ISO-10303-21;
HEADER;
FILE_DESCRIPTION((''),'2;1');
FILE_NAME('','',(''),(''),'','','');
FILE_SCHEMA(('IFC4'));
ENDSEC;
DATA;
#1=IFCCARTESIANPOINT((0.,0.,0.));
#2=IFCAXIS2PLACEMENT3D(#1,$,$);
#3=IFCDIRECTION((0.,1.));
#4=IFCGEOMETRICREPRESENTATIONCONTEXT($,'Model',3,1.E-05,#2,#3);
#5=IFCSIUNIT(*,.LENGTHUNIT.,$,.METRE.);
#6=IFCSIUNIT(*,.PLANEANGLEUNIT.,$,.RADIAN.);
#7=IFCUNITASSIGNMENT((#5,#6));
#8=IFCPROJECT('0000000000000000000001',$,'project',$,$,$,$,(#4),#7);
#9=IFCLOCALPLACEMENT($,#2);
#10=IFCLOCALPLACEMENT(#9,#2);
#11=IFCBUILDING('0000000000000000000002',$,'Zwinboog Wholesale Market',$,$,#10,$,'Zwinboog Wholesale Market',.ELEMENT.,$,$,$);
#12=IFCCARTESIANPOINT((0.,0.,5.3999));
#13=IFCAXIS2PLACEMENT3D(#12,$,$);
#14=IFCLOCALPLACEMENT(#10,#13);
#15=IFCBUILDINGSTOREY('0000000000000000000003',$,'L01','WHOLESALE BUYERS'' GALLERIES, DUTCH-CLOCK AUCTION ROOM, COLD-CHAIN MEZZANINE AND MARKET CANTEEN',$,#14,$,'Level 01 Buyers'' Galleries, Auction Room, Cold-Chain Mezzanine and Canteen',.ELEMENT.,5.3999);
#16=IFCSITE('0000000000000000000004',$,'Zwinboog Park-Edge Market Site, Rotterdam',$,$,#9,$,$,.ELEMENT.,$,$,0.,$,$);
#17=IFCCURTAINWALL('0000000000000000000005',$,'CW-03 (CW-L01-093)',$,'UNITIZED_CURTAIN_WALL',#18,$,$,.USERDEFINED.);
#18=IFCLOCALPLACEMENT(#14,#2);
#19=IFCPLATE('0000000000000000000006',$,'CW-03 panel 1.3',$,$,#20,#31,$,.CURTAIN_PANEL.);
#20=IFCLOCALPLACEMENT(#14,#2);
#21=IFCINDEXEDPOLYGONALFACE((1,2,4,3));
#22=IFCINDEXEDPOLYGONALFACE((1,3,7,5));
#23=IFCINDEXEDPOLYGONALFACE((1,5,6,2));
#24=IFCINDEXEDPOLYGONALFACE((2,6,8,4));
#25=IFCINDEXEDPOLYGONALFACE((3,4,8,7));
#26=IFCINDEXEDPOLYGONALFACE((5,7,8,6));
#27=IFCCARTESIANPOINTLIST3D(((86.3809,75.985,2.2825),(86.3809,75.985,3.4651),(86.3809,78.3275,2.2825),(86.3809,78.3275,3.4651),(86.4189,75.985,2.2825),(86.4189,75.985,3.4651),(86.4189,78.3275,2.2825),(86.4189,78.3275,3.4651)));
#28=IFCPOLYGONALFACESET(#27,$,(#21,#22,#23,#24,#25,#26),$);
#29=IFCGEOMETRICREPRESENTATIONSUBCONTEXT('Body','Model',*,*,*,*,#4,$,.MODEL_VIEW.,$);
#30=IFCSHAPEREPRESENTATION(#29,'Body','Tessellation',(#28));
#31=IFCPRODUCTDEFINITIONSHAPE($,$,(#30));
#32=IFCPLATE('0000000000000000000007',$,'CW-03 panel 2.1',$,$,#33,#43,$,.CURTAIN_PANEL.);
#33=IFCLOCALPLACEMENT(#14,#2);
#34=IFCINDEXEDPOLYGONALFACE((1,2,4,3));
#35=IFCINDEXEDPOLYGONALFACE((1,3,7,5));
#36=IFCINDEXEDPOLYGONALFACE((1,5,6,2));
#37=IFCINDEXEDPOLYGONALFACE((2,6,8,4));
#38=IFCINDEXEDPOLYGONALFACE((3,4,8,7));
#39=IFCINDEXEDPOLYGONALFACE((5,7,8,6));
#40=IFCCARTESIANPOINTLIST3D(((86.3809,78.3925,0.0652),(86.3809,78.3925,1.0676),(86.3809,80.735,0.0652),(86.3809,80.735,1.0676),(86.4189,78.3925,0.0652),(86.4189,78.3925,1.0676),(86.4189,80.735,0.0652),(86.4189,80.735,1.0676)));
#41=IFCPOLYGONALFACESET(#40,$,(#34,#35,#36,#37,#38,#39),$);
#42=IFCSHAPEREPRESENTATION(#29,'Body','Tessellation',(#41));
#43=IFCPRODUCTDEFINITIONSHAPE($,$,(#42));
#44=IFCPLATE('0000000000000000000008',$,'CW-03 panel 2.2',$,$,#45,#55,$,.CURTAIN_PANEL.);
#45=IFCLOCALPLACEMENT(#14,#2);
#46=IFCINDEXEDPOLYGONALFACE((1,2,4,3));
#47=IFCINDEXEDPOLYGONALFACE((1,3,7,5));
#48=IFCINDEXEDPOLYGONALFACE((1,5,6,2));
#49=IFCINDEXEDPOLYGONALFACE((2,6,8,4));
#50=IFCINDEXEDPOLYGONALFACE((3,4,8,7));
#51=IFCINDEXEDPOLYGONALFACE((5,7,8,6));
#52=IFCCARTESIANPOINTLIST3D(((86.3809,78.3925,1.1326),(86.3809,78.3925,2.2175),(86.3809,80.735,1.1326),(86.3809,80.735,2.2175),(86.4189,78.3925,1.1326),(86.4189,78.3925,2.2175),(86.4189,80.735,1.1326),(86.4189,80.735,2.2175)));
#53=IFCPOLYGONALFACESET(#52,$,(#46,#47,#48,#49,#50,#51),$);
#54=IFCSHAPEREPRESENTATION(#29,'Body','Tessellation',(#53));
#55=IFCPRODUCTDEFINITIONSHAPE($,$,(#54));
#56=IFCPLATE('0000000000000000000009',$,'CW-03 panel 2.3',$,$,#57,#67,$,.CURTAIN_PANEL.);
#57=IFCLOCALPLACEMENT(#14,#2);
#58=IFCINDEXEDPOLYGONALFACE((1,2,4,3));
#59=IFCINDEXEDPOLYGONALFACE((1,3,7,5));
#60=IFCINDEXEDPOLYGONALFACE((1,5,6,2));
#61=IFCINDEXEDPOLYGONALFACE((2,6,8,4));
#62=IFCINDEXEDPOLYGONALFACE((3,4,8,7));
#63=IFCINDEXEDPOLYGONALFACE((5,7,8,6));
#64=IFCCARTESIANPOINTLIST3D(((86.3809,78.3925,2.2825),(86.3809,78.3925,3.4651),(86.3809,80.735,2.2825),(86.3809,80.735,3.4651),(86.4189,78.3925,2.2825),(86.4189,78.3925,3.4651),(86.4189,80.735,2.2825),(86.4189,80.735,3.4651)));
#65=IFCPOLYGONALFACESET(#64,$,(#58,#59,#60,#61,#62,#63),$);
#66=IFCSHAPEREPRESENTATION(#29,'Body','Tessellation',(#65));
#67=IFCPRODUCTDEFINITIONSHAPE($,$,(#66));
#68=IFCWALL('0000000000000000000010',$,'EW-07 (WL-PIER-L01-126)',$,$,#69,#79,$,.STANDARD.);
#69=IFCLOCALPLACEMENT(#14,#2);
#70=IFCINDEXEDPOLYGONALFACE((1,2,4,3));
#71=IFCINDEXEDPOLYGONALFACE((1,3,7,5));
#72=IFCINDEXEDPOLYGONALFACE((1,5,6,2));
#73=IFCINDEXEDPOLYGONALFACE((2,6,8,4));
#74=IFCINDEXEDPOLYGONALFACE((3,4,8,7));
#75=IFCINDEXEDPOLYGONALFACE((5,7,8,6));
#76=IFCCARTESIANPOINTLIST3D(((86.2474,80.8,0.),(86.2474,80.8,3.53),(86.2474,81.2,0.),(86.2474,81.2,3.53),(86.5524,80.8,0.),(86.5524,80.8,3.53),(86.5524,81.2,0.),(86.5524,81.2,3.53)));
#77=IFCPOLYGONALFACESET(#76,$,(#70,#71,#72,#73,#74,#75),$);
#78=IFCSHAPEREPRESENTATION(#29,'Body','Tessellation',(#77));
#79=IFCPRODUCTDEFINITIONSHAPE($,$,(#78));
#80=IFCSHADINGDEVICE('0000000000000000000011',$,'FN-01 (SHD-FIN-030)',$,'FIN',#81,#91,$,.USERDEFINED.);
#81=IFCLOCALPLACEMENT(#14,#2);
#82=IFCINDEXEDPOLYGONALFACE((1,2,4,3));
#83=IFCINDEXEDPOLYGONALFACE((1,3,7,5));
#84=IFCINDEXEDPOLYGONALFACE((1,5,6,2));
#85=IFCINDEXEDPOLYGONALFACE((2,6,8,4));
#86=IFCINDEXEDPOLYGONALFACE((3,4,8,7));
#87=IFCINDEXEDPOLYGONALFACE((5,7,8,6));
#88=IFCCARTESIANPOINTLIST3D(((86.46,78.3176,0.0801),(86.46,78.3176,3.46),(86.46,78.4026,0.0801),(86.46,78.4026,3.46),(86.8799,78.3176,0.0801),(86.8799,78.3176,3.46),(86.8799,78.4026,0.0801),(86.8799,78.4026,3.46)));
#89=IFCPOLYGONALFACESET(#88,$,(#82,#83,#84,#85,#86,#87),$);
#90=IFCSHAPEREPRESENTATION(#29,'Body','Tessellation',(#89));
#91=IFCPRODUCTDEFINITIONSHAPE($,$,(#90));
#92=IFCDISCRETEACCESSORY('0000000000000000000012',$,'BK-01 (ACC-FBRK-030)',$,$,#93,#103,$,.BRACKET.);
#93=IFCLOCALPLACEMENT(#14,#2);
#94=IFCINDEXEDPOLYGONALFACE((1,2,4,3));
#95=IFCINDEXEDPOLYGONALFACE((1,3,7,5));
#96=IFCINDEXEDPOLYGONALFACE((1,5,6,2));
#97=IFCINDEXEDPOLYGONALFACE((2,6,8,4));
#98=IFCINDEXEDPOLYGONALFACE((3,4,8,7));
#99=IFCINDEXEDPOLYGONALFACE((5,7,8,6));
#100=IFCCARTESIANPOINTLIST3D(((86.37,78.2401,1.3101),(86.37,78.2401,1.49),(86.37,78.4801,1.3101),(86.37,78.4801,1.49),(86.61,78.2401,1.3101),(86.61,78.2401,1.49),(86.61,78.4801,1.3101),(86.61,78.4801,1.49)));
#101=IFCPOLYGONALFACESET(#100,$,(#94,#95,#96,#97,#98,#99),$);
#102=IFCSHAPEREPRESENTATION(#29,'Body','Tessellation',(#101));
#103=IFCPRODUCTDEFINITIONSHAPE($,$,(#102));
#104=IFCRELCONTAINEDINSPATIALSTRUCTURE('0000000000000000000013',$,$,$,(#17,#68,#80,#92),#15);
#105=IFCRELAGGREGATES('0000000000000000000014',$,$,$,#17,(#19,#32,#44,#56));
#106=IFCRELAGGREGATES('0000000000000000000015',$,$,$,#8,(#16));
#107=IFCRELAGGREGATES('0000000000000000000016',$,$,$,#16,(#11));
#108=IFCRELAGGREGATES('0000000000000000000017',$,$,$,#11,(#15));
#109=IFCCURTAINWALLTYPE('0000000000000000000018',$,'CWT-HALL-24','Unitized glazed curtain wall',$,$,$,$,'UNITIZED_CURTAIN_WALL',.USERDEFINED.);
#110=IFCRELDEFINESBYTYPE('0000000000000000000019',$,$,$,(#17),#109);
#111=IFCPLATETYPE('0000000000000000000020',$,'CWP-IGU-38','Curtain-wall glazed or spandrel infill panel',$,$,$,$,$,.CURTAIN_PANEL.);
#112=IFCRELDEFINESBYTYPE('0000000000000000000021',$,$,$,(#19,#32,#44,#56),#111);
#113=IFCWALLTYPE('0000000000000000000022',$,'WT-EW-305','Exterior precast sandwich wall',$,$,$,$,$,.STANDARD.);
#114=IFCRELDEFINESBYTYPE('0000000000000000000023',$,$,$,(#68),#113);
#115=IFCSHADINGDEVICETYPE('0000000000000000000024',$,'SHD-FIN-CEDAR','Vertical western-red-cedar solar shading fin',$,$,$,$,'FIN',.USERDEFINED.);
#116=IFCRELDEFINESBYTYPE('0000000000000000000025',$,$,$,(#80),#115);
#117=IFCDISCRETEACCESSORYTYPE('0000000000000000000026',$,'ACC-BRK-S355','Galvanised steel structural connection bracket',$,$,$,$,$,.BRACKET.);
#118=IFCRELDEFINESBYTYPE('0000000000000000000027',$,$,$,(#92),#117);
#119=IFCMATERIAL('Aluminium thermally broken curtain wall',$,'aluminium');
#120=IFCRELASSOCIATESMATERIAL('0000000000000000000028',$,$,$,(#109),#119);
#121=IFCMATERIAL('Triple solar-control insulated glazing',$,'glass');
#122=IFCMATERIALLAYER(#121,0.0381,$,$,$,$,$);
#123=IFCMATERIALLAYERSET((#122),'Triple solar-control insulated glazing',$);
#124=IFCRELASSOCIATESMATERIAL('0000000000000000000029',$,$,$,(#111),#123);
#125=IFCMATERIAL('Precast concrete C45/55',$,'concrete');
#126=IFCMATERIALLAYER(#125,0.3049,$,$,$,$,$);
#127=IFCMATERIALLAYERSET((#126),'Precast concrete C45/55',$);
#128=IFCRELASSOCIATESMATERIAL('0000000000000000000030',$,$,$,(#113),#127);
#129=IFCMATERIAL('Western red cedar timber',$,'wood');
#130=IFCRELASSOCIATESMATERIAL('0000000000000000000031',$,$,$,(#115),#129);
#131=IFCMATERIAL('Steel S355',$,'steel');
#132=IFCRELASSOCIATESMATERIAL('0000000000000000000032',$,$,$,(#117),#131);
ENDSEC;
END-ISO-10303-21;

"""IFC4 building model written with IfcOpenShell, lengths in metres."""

from ifc_helpers import new_model, si_unit, direction, frame, frame_2d, origin, origin_2d, place, context, subcontext, project, spatial, rectangle, extrude, material, layer, layer_set, type_object, element, aggregate, save


model = new_model("IFC4")

# Units and contexts
model_context = context("Model", 3, precision=1e-05, world=origin(), true_north=direction((0.0, 1.0)))
body_context = subcontext(model_context, "Body", "Model", "MODEL_VIEW")
ifc_project = project(units=[si_unit("LENGTHUNIT", "METRE"), si_unit("PLANEANGLEUNIT", "RADIAN")], contexts=[model_context])

# Site, building, storey
site_placement = place(None, origin())
site = spatial("IfcSite", under=ifc_project, at=site_placement, Name="Zwinboog Park-Edge Market Site, Rotterdam", CompositionType="ELEMENT", RefElevation=0.0)
building_placement = place(site_placement, origin())
building = spatial("IfcBuilding", under=site, at=building_placement, Name="Zwinboog Wholesale Market", LongName="Zwinboog Wholesale Market", CompositionType="ELEMENT")
storey_placement = place(building_placement, frame((0.0, 0.0, 5.3999)))
storey = spatial("IfcBuildingStorey", under=building, at=storey_placement, Name="L01", Description="WHOLESALE BUYERS' GALLERIES, DUTCH-CLOCK AUCTION ROOM, COLD-CHAIN MEZZANINE AND MARKET CANTEEN", LongName="Level 01 Buyers' Galleries, Auction Room, Cold-Chain Mezzanine and Canteen", CompositionType="ELEMENT", Elevation=5.3999)

# Curtain wall
ifc_material_1 = material(Name="Aluminium thermally broken curtain wall", Category="aluminium")
curtain_wall_type_1 = type_object("IfcCurtainWallType", Name="CWT-HALL-24", Description="Unitized glazed curtain wall", ElementType="UNITIZED_CURTAIN_WALL", PredefinedType="USERDEFINED", material=ifc_material_1)
curtain_wall_1_placement = place(storey_placement, origin())
curtain_wall_1 = element("IfcCurtainWall", 1, at=curtain_wall_1_placement, inside=storey, type_object=curtain_wall_type_1, Name="CW-03 (CW-L01-093)", ObjectType="UNITIZED_CURTAIN_WALL", PredefinedType="USERDEFINED")

# Plates
ifc_material_2 = material(Name="Triple solar-control insulated glazing", Category="glass")
ifc_layer_1 = layer(ifc_material_2, 0.0381)
ifc_layer_set_1 = layer_set([ifc_layer_1], Name="Triple solar-control insulated glazing")
plate_type = type_object("IfcPlateType", Name="CWP-IGU-38", Description="Curtain-wall glazed or spandrel infill panel", PredefinedType="CURTAIN_PANEL", material=ifc_layer_set_1)
plate_1_placement = place(storey_placement, frame((86.3999, 77.1562, 2.2825), z_axis=(0.0, 0.0, 1.0), x_axis=(0.0, 1.0, 0.0)))
plate_1 = element("IfcPlate", 2, at=plate_1_placement, type_object=plate_type, Name="CW-03 panel 1.3", PredefinedType="CURTAIN_PANEL", context=body_context, shape_type="SweptSolid", body=[
    extrude(rectangle(XDim=2.3425, YDim=0.0381, at=origin_2d()), origin(), (0.0, 0.0, 1.0), 1.1826),
])
plate_2_placement = place(storey_placement, frame((86.3999, 79.5637, 0.0652), z_axis=(0.0, 0.0, 1.0), x_axis=(0.0, 1.0, 0.0)))
plate_2 = element("IfcPlate", 3, at=plate_2_placement, type_object=plate_type, Name="CW-03 panel 2.1", PredefinedType="CURTAIN_PANEL", context=body_context, shape_type="SweptSolid", body=[
    extrude(rectangle(XDim=2.3425, YDim=0.0381, at=origin_2d()), origin(), (0.0, 0.0, 1.0), 1.0024),
])
plate_3_placement = place(storey_placement, frame((86.3999, 79.5637, 1.1326), z_axis=(0.0, 0.0, 1.0), x_axis=(0.0, 1.0, 0.0)))
plate_3 = element("IfcPlate", 4, at=plate_3_placement, type_object=plate_type, Name="CW-03 panel 2.2", PredefinedType="CURTAIN_PANEL", context=body_context, shape_type="SweptSolid", body=[
    extrude(rectangle(XDim=2.3425, YDim=0.0381, at=origin_2d()), origin(), (0.0, 0.0, 1.0), 1.085),
])
plate_4_placement = place(storey_placement, frame((86.3999, 79.5637, 2.2825), z_axis=(0.0, 0.0, 1.0), x_axis=(0.0, 1.0, 0.0)))
plate_4 = element("IfcPlate", 5, at=plate_4_placement, type_object=plate_type, Name="CW-03 panel 2.3", PredefinedType="CURTAIN_PANEL", context=body_context, shape_type="SweptSolid", body=[
    extrude(rectangle(XDim=2.3425, YDim=0.0381, at=origin_2d()), origin(), (0.0, 0.0, 1.0), 1.1826),
])
aggregate(curtain_wall_1, [plate_1, plate_2, plate_3, plate_4])

# Wall
ifc_material_3 = material(Name="Precast concrete C45/55", Category="concrete")
ifc_layer_2 = layer(ifc_material_3, 0.3049)
ifc_layer_set_2 = layer_set([ifc_layer_2], Name="Precast concrete C45/55")
wall_type = type_object("IfcWallType", Name="WT-EW-305", Description="Exterior precast sandwich wall", PredefinedType="STANDARD", material=ifc_layer_set_2)
wall_placement = place(storey_placement, frame((86.3999, 80.8, 0.0), z_axis=(0.0, 0.0, 1.0), x_axis=(0.0, 1.0, 0.0)))
element("IfcWall", 6, at=wall_placement, inside=storey, type_object=wall_type, Name="EW-07 (WL-PIER-L01-126)", PredefinedType="STANDARD", context=body_context, shape_type="SweptSolid", body=[
    extrude(rectangle(XDim=0.3999, YDim=0.3049, at=frame_2d((0.2, 0.0))), origin(), (0.0, 0.0, 1.0), 3.53),
])

# Shading device
ifc_material_4 = material(Name="Western red cedar timber", Category="wood")
shading_device_type = type_object("IfcShadingDeviceType", Name="SHD-FIN-CEDAR", Description="Vertical western-red-cedar solar shading fin", ElementType="FIN", PredefinedType="USERDEFINED", material=ifc_material_4)
shading_device_placement = place(storey_placement, frame((86.6699, 78.3601, 0.0801), z_axis=(0.0, 0.0, 1.0), x_axis=(1.0, 0.0, 0.0)))
element("IfcShadingDevice", 7, at=shading_device_placement, inside=storey, type_object=shading_device_type, Name="FN-01 (SHD-FIN-030)", ObjectType="FIN", PredefinedType="USERDEFINED", context=body_context, shape_type="SweptSolid", body=[
    extrude(rectangle(XDim=0.4199, YDim=0.085, at=origin_2d()), origin(), (0.0, 0.0, 1.0), 3.3799),
])

# Discrete accessory
ifc_material_5 = material(Name="Steel S355", Category="steel")
discrete_accessory_type = type_object("IfcDiscreteAccessoryType", Name="ACC-BRK-S355", Description="Galvanised steel structural connection bracket", PredefinedType="BRACKET", material=ifc_material_5)
discrete_accessory_placement = place(storey_placement, frame((86.49, 78.3601, 1.3101), z_axis=(0.0, 0.0, 1.0), x_axis=(1.0, 0.0, 0.0)))
element("IfcDiscreteAccessory", 8, at=discrete_accessory_placement, inside=storey, type_object=discrete_accessory_type, Name="BK-01 (ACC-FBRK-030)", PredefinedType="BRACKET", context=body_context, shape_type="SweptSolid", body=[
    extrude(rectangle(XDim=0.24, YDim=0.24, at=origin_2d()), origin(), (0.0, 0.0, 1.0), 0.1799),
])

save(model, "model.ifc")
